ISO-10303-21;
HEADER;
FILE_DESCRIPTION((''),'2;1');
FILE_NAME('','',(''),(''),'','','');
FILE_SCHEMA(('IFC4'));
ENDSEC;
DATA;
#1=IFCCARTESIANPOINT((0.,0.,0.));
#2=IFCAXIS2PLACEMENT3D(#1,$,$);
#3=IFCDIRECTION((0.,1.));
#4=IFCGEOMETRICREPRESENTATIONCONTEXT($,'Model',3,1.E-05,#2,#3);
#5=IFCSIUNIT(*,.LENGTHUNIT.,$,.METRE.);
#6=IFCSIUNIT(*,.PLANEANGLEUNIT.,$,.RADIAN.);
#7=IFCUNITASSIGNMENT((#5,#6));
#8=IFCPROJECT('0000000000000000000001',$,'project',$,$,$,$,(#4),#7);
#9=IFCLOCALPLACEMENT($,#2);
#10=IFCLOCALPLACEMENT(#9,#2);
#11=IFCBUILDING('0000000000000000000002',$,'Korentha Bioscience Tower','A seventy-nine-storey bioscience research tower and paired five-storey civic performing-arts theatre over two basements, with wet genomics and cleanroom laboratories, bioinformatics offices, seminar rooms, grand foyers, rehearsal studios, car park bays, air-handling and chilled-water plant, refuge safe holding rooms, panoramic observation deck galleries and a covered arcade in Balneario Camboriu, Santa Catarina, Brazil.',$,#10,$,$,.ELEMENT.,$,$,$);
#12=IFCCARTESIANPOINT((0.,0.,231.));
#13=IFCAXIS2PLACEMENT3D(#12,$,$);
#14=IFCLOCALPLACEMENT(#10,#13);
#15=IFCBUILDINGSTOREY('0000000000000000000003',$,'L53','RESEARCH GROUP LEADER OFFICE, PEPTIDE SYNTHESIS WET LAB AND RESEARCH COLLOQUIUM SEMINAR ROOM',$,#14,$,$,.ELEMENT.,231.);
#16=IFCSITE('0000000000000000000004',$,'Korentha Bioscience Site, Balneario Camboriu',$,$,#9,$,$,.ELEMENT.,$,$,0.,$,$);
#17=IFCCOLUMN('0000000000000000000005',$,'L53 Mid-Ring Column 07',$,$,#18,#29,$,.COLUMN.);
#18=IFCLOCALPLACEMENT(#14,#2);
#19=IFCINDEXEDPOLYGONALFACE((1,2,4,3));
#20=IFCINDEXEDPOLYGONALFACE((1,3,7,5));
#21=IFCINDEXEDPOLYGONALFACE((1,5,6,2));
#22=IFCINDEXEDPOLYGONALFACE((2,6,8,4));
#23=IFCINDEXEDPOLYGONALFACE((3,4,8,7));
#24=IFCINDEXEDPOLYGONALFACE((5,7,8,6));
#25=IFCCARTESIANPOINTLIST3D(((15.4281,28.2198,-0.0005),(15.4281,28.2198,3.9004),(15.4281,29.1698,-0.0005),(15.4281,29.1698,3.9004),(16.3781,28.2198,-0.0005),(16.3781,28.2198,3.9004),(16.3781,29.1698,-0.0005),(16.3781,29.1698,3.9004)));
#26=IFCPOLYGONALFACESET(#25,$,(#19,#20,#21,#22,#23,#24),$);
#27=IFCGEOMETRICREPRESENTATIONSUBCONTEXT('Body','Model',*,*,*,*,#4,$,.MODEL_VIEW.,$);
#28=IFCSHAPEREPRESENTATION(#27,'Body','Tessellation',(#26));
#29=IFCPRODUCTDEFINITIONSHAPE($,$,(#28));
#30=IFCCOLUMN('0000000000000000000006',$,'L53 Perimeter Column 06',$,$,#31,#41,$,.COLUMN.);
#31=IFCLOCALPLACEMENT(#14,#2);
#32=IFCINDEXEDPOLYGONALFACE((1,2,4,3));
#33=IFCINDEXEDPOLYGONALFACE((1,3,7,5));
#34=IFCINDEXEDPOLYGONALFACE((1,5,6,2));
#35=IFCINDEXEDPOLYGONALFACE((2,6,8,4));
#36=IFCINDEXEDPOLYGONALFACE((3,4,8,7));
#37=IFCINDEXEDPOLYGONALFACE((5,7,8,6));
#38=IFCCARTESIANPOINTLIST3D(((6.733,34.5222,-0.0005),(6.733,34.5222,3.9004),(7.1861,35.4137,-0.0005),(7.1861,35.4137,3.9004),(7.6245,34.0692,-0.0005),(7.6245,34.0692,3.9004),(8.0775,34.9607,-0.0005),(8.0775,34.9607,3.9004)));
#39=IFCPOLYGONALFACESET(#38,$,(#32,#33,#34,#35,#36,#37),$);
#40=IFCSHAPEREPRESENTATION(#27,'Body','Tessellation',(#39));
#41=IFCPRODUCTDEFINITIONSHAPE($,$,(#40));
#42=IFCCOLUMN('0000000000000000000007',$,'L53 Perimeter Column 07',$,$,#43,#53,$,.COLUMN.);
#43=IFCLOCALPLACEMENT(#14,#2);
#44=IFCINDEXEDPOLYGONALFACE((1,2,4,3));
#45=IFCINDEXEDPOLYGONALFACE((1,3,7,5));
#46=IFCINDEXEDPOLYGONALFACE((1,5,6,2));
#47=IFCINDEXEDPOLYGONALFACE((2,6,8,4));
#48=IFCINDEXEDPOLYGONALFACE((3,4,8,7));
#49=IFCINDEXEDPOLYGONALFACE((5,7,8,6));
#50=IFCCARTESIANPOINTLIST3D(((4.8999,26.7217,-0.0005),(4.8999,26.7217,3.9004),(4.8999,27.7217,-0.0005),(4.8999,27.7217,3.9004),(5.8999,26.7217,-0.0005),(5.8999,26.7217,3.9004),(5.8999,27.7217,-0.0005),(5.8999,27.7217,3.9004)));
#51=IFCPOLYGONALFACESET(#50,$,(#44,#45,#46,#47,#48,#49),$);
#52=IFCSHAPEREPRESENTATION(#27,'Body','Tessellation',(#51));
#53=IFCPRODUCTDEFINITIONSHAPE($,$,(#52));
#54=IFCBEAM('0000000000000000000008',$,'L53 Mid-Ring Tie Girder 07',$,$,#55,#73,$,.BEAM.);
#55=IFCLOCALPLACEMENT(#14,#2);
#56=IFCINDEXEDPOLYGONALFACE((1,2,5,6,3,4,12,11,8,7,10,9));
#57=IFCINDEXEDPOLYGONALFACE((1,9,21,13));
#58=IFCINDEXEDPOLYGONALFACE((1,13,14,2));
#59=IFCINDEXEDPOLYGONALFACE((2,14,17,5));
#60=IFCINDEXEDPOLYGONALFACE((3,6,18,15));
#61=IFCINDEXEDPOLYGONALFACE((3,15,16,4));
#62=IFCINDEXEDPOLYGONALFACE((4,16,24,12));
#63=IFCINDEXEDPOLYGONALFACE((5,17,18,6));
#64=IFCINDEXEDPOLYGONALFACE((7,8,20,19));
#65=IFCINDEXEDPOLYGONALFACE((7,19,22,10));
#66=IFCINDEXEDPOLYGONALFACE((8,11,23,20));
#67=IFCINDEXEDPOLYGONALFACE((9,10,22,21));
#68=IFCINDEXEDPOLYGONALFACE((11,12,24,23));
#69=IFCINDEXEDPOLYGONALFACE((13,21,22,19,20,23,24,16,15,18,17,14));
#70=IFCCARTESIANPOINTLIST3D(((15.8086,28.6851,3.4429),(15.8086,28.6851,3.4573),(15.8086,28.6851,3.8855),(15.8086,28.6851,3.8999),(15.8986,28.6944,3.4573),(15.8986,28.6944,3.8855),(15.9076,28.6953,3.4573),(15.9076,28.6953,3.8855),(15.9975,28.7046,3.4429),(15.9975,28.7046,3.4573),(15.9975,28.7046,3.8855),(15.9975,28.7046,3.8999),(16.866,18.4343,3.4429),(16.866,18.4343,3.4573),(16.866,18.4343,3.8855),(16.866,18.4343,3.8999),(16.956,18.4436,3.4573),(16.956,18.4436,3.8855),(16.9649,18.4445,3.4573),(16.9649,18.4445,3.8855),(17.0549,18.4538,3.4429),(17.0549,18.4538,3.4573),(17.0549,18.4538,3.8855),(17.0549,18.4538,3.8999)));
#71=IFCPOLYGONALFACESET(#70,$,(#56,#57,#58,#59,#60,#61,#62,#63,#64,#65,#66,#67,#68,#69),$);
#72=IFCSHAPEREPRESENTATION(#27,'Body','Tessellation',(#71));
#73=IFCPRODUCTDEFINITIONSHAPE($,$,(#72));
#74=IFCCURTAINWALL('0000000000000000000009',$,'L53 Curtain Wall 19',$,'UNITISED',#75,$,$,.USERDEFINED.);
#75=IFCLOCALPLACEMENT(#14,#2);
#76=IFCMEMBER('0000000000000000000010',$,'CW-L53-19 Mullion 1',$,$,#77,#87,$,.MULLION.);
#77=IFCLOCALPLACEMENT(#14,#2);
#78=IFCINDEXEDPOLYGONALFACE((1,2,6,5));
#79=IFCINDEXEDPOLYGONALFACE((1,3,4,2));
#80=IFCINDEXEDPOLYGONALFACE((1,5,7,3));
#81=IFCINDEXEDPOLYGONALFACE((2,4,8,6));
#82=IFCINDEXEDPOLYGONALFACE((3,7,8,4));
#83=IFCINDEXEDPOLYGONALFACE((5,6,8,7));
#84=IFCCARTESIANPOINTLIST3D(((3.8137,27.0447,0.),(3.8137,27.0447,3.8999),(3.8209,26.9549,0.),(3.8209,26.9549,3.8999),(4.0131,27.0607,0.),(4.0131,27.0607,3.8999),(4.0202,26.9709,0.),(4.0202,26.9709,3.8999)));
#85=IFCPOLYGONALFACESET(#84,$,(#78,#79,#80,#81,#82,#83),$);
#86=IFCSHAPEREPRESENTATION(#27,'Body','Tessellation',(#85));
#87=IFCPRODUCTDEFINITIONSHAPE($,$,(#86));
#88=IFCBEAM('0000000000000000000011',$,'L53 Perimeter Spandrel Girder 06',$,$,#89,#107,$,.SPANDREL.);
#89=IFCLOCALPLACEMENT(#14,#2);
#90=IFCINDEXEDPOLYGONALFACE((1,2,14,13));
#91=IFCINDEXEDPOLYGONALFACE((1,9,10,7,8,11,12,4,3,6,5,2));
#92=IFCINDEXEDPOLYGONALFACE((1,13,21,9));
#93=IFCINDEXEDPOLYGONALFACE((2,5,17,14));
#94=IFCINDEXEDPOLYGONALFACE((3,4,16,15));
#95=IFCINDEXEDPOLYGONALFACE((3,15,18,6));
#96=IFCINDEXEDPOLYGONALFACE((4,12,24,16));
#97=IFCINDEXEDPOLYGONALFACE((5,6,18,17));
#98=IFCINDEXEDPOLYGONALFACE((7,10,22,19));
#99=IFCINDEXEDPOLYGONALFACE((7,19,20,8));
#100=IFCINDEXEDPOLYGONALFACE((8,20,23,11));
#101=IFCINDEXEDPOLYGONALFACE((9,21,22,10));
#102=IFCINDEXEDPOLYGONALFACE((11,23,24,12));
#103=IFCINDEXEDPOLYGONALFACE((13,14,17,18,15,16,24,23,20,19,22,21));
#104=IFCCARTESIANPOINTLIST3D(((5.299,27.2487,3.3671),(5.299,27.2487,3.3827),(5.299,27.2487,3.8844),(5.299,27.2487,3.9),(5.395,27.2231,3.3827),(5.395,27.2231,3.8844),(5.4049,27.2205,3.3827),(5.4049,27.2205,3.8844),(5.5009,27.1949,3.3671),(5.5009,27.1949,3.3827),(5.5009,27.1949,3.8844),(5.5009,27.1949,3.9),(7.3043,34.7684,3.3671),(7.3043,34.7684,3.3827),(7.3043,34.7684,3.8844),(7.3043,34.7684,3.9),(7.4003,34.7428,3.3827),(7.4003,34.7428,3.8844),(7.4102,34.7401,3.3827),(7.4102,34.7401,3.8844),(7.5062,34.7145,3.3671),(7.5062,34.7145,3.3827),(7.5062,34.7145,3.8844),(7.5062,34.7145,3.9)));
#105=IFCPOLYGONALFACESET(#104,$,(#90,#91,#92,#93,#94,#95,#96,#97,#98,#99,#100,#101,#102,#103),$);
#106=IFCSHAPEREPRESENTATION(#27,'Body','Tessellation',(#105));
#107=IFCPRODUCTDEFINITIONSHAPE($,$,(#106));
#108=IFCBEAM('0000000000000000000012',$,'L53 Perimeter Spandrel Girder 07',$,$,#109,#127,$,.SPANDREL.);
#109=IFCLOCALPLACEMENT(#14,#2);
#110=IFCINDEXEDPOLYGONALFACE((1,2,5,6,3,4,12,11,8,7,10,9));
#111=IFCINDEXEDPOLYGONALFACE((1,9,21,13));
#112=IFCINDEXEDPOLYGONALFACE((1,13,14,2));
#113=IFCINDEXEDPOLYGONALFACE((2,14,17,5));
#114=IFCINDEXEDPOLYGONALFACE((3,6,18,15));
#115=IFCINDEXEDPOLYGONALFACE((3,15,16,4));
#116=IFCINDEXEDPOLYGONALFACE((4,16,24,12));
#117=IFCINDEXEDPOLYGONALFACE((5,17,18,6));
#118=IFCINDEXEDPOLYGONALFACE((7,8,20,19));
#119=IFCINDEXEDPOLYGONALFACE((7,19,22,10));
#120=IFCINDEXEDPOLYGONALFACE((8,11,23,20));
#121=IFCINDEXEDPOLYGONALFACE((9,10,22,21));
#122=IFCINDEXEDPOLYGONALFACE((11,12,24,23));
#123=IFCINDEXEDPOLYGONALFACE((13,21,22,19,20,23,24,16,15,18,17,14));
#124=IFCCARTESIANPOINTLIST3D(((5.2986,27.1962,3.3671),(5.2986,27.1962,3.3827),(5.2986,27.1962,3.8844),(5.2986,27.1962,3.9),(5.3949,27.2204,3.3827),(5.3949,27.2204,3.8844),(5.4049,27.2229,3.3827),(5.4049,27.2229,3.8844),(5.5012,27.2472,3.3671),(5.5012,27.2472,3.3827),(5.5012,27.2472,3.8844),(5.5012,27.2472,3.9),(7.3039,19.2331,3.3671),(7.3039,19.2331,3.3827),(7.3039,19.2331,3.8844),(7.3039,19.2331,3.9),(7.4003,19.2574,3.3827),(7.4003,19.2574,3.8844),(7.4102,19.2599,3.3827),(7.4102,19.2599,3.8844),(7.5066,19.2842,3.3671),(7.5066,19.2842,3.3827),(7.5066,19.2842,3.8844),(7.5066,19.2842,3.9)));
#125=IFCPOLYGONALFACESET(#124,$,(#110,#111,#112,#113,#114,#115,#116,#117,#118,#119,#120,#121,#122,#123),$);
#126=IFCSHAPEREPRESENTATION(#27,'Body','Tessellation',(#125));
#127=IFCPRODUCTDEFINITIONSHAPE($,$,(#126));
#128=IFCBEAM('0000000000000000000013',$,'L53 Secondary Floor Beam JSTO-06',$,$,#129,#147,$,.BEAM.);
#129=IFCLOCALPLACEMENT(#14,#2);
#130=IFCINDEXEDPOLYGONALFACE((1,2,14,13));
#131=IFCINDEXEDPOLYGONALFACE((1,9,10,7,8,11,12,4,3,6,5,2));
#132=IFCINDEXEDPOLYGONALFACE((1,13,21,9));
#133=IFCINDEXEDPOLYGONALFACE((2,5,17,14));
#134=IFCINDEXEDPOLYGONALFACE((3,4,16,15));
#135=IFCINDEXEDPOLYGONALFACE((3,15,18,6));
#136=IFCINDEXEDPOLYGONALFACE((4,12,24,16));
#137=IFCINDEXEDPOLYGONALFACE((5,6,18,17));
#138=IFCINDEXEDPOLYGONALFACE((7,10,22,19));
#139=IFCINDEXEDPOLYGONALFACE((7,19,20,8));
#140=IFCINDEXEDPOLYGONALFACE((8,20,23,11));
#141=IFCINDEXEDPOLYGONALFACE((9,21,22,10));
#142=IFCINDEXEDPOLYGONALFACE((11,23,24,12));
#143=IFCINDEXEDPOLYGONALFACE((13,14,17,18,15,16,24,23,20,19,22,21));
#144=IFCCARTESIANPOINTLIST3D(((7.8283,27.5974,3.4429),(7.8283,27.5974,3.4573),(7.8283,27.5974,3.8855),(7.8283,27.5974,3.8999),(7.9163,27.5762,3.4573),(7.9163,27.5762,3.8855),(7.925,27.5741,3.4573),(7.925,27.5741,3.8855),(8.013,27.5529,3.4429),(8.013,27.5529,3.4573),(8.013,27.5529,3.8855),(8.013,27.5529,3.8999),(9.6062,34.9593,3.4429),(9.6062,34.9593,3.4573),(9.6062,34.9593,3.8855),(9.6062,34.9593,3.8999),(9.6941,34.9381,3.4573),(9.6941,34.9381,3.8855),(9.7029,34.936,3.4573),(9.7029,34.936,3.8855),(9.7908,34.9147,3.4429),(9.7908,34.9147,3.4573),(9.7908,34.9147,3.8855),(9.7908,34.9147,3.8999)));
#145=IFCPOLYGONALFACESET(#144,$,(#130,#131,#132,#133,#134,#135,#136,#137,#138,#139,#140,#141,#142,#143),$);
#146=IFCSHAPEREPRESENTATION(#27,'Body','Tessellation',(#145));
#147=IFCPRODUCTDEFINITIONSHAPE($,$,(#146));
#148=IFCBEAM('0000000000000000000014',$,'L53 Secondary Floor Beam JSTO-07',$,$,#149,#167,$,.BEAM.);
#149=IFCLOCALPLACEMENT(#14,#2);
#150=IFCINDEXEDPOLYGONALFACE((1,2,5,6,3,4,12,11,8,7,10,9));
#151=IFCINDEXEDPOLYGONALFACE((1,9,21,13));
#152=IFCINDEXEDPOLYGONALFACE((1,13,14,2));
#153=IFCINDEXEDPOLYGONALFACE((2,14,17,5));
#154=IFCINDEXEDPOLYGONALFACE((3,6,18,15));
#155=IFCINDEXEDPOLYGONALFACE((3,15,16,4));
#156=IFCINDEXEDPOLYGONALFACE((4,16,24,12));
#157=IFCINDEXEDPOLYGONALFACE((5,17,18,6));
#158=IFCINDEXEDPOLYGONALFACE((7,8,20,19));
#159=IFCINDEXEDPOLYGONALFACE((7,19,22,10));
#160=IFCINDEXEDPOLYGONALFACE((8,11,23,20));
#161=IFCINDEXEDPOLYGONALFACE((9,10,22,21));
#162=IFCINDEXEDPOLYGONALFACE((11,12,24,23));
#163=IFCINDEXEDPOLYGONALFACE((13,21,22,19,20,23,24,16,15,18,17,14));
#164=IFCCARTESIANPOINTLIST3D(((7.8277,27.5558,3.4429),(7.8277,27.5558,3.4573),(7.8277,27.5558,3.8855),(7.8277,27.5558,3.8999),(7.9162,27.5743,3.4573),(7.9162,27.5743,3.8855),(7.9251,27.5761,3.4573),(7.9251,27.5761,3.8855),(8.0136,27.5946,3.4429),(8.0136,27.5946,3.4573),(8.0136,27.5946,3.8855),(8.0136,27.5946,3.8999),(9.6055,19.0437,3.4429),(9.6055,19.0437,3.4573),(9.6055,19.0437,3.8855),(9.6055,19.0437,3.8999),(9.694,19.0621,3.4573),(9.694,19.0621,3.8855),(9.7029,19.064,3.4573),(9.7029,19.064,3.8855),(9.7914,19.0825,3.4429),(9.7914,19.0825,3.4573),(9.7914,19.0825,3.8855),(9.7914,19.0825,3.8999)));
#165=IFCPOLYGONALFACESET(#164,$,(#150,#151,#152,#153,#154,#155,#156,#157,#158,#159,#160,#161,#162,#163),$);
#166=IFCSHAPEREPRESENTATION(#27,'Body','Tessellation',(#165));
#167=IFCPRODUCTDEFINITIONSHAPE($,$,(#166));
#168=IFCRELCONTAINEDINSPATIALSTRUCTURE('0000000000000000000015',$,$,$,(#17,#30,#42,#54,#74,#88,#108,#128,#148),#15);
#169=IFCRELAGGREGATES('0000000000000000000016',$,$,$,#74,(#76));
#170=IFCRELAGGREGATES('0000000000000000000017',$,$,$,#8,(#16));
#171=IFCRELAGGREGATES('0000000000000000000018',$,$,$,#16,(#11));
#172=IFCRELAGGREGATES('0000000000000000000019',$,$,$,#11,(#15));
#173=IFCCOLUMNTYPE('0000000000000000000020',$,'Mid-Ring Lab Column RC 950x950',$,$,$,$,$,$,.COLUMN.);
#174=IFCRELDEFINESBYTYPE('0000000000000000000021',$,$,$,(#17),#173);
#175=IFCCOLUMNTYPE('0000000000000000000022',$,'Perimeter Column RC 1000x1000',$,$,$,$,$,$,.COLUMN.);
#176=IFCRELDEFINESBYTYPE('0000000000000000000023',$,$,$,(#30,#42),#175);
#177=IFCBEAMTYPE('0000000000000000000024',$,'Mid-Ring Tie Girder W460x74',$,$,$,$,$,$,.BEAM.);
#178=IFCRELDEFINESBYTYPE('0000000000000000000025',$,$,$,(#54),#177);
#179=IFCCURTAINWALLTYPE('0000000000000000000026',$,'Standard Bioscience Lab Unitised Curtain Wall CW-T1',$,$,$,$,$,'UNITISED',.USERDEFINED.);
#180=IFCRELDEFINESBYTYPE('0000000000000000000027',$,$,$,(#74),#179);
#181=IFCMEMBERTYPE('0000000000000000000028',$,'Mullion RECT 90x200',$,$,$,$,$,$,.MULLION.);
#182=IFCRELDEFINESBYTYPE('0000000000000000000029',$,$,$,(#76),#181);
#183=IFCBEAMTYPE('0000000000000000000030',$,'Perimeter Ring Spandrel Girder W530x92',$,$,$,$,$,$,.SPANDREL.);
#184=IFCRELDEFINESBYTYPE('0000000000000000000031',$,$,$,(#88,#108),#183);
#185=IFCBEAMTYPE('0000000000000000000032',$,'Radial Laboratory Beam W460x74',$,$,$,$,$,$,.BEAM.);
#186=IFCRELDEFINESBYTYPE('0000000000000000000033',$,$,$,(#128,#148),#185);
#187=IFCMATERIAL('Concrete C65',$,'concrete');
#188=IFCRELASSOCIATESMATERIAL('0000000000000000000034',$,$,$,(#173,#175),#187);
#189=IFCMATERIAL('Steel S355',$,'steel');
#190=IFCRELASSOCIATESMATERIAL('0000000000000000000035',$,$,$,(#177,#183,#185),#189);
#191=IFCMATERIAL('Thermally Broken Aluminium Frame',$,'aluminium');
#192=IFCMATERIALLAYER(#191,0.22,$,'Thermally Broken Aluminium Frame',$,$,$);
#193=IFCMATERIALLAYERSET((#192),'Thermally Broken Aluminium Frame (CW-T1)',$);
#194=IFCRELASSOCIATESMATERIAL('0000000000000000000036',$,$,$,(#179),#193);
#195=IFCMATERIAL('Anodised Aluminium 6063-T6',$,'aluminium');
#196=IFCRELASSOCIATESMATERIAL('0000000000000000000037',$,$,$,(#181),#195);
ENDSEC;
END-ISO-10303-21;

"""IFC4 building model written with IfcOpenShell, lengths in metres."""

from ifc_helpers import new_model, si_unit, direction, frame, origin, origin_2d, place, context, subcontext, project, spatial, rectangle, i_section, extrude, material, layer, layer_set, material_profile, profile_set, type_object, element, aggregate, save


model = new_model("IFC4")

# Units and contexts
model_context = context("Model", 3, precision=1e-05, world=origin(), true_north=direction((0.0, 1.0)))
body_context = subcontext(model_context, "Body", "Model", "MODEL_VIEW")
ifc_project = project(units=[si_unit("LENGTHUNIT", "METRE"), si_unit("PLANEANGLEUNIT", "RADIAN")], contexts=[model_context])

# Site, building, storey
site_placement = place(None, origin())
site = spatial("IfcSite", under=ifc_project, at=site_placement, Name="Korentha Bioscience Site, Balneario Camboriu", CompositionType="ELEMENT", RefElevation=0.0)
building_placement = place(site_placement, origin())
building = spatial("IfcBuilding", under=site, at=building_placement, Name="Korentha Bioscience Tower", Description="A seventy-nine-storey bioscience research tower and paired five-storey civic performing-arts theatre over two basements, with wet genomics and cleanroom laboratories, bioinformatics offices, seminar rooms, grand foyers, rehearsal studios, car park bays, air-handling and chilled-water plant, refuge safe holding rooms, panoramic observation deck galleries and a covered arcade in Balneario Camboriu, Santa Catarina, Brazil.", CompositionType="ELEMENT")
storey_placement = place(building_placement, frame((0.0, 0.0, 231.0)))
storey = spatial("IfcBuildingStorey", under=building, at=storey_placement, Name="L53", Description="RESEARCH GROUP LEADER OFFICE, PEPTIDE SYNTHESIS WET LAB AND RESEARCH COLLOQUIUM SEMINAR ROOM", CompositionType="ELEMENT", Elevation=231.0)

# Columns
ifc_material_1 = material(Name="Concrete C65", Category="concrete")
ifc_material_profile_1 = material_profile(ifc_material_1, rectangle(XDim=0.95, YDim=0.95, at=origin_2d()), Name="Concrete C65")
ifc_profile_set_1 = profile_set([ifc_material_profile_1], Name="Concrete C65 (COL-MR09)")
column_type_1 = type_object("IfcColumnType", Name="Mid-Ring Lab Column RC 950x950", PredefinedType="COLUMN", material=ifc_profile_set_1)
column_placement = place(storey_placement, frame((15.9031, 28.6948, -0.0005), z_axis=(0.0, 0.0, 1.0), x_axis=(1.0, 0.0, 0.0)))
element("IfcColumn", 1, at=column_placement, inside=storey, type_object=column_type_1, Name="L53 Mid-Ring Column 07", PredefinedType="COLUMN", context=body_context, shape_type="SweptSolid", body=[
    extrude(rectangle(XDim=0.95, YDim=0.95, at=origin_2d()), origin(), (0.0, 0.0, 1.0), 3.9009),
])
ifc_material_profile_2 = material_profile(ifc_material_1, rectangle(XDim=1.0, YDim=1.0, at=origin_2d()), Name="Concrete C65")
ifc_profile_set_2 = profile_set([ifc_material_profile_2], Name="Concrete C65 (COL-P10)")
column_type_2 = type_object("IfcColumnType", Name="Perimeter Column RC 1000x1000", PredefinedType="COLUMN", material=ifc_profile_set_2)
for number, where, z_axis, x_axis, name in (
    (2, (7.4053, 34.7415, -0.0005), (0.0, 0.0, 1.0), (0.453057, 0.891481, 0.0), "L53 Perimeter Column 06"),
    (3, (5.3999, 27.2217, -0.0005), (0.0, 0.0, 1.0), (0.0, 1.0, 0.0), "L53 Perimeter Column 07"),
):
    element("IfcColumn", number, at=place(storey_placement, frame(where, z_axis=z_axis, x_axis=x_axis)), inside=storey, type_object=column_type_2, Name=name, PredefinedType="COLUMN", context=body_context, shape_type="SweptSolid", body=[
        extrude(rectangle(XDim=1.0, YDim=1.0, at=origin_2d()), origin(), (0.0, 0.0, 1.0), 3.9009),
    ])

# Beam
ifc_material_2 = material(Name="Steel S355", Category="steel")
ifc_material_profile_3 = material_profile(ifc_material_2, i_section(OverallWidth=0.1899, OverallDepth=0.457, WebThickness=0.009, FlangeThickness=0.0144, at=origin_2d()), Name="Steel S355")
ifc_profile_set_3 = profile_set([ifc_material_profile_3], Name="Steel S355 (MB-460)")
beam_type_1 = type_object("IfcBeamType", Name="Mid-Ring Tie Girder W460x74", PredefinedType="BEAM", material=ifc_profile_set_3)
beam_1_placement = place(storey_placement, frame((15.9031, 28.6948, 3.6714), z_axis=(0.102607, -0.994722, 0.0), x_axis=(0.994722, 0.102607, 0.0)))
element("IfcBeam", 4, at=beam_1_placement, inside=storey, type_object=beam_type_1, Name="L53 Mid-Ring Tie Girder 07", PredefinedType="BEAM", context=body_context, shape_type="SweptSolid", body=[
    extrude(i_section(OverallWidth=0.1899, OverallDepth=0.457, WebThickness=0.009, FlangeThickness=0.0144, at=origin_2d()), origin(), (0.0, 0.0, 1.0), 10.3052),
])

# Curtain wall, member
ifc_material_3 = material(Name="Thermally Broken Aluminium Frame", Category="aluminium")
ifc_layer_1 = layer(ifc_material_3, 0.22, Name="Thermally Broken Aluminium Frame")
ifc_layer_set_1 = layer_set([ifc_layer_1], Name="Thermally Broken Aluminium Frame (CW-T1)")
curtain_wall_type = type_object("IfcCurtainWallType", Name="Standard Bioscience Lab Unitised Curtain Wall CW-T1", ElementType="UNITISED", PredefinedType="USERDEFINED", material=ifc_layer_set_1)
curtain_wall_placement = place(storey_placement, origin())
curtain_wall = element("IfcCurtainWall", 5, at=curtain_wall_placement, inside=storey, type_object=curtain_wall_type, Name="L53 Curtain Wall 19", ObjectType="UNITISED", PredefinedType="USERDEFINED")
ifc_material_4 = material(Name="Anodised Aluminium 6063-T6", Category="aluminium")
ifc_material_profile_4 = material_profile(ifc_material_4, rectangle(XDim=0.0901, YDim=0.2, at=origin_2d()), Name="Anodised Aluminium 6063-T6")
ifc_profile_set_4 = profile_set([ifc_material_profile_4], Name="Anodised Aluminium 6063-T6 (CW-MUL)")
member_type_1 = type_object("IfcMemberType", Name="Mullion RECT 90x200", PredefinedType="MULLION", material=ifc_profile_set_4)
member_1_placement = place(storey_placement, frame((3.917, 27.0078, 0.0), z_axis=(0.0, 0.0, 1.0), x_axis=(0.079748, -0.996815, 0.0)))
member_1 = element("IfcMember", 6, at=member_1_placement, type_object=member_type_1, Name="CW-L53-19 Mullion 1", PredefinedType="MULLION", context=body_context, shape_type="SweptSolid", body=[
    extrude(rectangle(XDim=0.0901, YDim=0.2, at=origin_2d()), origin(), (0.0, 0.0, 1.0), 3.8999),
])

# Beams
ifc_material_profile_5 = material_profile(ifc_material_2, i_section(OverallWidth=0.209, OverallDepth=0.533, WebThickness=0.0103, FlangeThickness=0.0156, at=origin_2d()), Name="Steel S355")
ifc_profile_set_5 = profile_set([ifc_material_profile_5], Name="Steel S355 (SB-530)")
beam_type_2 = type_object("IfcBeamType", Name="Perimeter Ring Spandrel Girder W530x92", PredefinedType="SPANDREL", material=ifc_profile_set_5)
beam_2_placement = place(storey_placement, frame((7.4053, 34.7415, 3.6335), z_axis=(-0.257674, -0.966232, 0.0), x_axis=(0.966232, -0.257674, 0.0)))
element("IfcBeam", 7, at=beam_2_placement, inside=storey, type_object=beam_type_2, Name="L53 Perimeter Spandrel Girder 06", PredefinedType="SPANDREL", context=body_context, shape_type="SweptSolid", body=[
    extrude(i_section(OverallWidth=0.209, OverallDepth=0.533, WebThickness=0.0103, FlangeThickness=0.0156, at=origin_2d()), origin(), (0.0, 0.0, 1.0), 7.7825),
])
beam_3_placement = place(storey_placement, frame((5.3999, 27.2217, 3.6335), z_axis=(0.244207, -0.969723, 0.0), x_axis=(0.969723, 0.244207, 0.0)))
element("IfcBeam", 8, at=beam_3_placement, inside=storey, type_object=beam_type_2, Name="L53 Perimeter Spandrel Girder 07", PredefinedType="SPANDREL", context=body_context, shape_type="SweptSolid", body=[
    extrude(i_section(OverallWidth=0.209, OverallDepth=0.533, WebThickness=0.0103, FlangeThickness=0.0156, at=origin_2d()), origin(), (0.0, 0.0, 1.0), 8.2117),
])
ifc_material_profile_6 = material_profile(ifc_material_2, i_section(OverallWidth=0.1899, OverallDepth=0.457, WebThickness=0.009, FlangeThickness=0.0144, at=origin_2d()), Name="Steel S355")
ifc_profile_set_6 = profile_set([ifc_material_profile_6], Name="Steel S355 (RB-460)")
beam_type_3 = type_object("IfcBeamType", Name="Radial Laboratory Beam W460x74", PredefinedType="BEAM", material=ifc_profile_set_6)
beam_4_placement = place(storey_placement, frame((9.6985, 34.937, 3.6714), z_axis=(-0.234746, -0.972057, 0.0), x_axis=(0.972057, -0.234746, 0.0)))
element("IfcBeam", 9, at=beam_4_placement, inside=storey, type_object=beam_type_3, Name="L53 Secondary Floor Beam JSTO-06", PredefinedType="BEAM", context=body_context, shape_type="SweptSolid", body=[
    extrude(i_section(OverallWidth=0.1899, OverallDepth=0.457, WebThickness=0.009, FlangeThickness=0.0144, at=origin_2d()), origin(), (0.0, 0.0, 1.0), 7.5735),
])
beam_5_placement = place(storey_placement, frame((7.9207, 27.5752, 3.6714), z_axis=(0.204445, -0.978878, 0.0), x_axis=(0.978878, 0.204445, 0.0)))
element("IfcBeam", 10, at=beam_5_placement, inside=storey, type_object=beam_type_3, Name="L53 Secondary Floor Beam JSTO-07", PredefinedType="BEAM", context=body_context, shape_type="SweptSolid", body=[
    extrude(i_section(OverallWidth=0.1899, OverallDepth=0.457, WebThickness=0.009, FlangeThickness=0.0144, at=origin_2d()), origin(), (0.0, 0.0, 1.0), 8.6958),
])

aggregate(curtain_wall, [member_1])

save(model, "model.ifc")
